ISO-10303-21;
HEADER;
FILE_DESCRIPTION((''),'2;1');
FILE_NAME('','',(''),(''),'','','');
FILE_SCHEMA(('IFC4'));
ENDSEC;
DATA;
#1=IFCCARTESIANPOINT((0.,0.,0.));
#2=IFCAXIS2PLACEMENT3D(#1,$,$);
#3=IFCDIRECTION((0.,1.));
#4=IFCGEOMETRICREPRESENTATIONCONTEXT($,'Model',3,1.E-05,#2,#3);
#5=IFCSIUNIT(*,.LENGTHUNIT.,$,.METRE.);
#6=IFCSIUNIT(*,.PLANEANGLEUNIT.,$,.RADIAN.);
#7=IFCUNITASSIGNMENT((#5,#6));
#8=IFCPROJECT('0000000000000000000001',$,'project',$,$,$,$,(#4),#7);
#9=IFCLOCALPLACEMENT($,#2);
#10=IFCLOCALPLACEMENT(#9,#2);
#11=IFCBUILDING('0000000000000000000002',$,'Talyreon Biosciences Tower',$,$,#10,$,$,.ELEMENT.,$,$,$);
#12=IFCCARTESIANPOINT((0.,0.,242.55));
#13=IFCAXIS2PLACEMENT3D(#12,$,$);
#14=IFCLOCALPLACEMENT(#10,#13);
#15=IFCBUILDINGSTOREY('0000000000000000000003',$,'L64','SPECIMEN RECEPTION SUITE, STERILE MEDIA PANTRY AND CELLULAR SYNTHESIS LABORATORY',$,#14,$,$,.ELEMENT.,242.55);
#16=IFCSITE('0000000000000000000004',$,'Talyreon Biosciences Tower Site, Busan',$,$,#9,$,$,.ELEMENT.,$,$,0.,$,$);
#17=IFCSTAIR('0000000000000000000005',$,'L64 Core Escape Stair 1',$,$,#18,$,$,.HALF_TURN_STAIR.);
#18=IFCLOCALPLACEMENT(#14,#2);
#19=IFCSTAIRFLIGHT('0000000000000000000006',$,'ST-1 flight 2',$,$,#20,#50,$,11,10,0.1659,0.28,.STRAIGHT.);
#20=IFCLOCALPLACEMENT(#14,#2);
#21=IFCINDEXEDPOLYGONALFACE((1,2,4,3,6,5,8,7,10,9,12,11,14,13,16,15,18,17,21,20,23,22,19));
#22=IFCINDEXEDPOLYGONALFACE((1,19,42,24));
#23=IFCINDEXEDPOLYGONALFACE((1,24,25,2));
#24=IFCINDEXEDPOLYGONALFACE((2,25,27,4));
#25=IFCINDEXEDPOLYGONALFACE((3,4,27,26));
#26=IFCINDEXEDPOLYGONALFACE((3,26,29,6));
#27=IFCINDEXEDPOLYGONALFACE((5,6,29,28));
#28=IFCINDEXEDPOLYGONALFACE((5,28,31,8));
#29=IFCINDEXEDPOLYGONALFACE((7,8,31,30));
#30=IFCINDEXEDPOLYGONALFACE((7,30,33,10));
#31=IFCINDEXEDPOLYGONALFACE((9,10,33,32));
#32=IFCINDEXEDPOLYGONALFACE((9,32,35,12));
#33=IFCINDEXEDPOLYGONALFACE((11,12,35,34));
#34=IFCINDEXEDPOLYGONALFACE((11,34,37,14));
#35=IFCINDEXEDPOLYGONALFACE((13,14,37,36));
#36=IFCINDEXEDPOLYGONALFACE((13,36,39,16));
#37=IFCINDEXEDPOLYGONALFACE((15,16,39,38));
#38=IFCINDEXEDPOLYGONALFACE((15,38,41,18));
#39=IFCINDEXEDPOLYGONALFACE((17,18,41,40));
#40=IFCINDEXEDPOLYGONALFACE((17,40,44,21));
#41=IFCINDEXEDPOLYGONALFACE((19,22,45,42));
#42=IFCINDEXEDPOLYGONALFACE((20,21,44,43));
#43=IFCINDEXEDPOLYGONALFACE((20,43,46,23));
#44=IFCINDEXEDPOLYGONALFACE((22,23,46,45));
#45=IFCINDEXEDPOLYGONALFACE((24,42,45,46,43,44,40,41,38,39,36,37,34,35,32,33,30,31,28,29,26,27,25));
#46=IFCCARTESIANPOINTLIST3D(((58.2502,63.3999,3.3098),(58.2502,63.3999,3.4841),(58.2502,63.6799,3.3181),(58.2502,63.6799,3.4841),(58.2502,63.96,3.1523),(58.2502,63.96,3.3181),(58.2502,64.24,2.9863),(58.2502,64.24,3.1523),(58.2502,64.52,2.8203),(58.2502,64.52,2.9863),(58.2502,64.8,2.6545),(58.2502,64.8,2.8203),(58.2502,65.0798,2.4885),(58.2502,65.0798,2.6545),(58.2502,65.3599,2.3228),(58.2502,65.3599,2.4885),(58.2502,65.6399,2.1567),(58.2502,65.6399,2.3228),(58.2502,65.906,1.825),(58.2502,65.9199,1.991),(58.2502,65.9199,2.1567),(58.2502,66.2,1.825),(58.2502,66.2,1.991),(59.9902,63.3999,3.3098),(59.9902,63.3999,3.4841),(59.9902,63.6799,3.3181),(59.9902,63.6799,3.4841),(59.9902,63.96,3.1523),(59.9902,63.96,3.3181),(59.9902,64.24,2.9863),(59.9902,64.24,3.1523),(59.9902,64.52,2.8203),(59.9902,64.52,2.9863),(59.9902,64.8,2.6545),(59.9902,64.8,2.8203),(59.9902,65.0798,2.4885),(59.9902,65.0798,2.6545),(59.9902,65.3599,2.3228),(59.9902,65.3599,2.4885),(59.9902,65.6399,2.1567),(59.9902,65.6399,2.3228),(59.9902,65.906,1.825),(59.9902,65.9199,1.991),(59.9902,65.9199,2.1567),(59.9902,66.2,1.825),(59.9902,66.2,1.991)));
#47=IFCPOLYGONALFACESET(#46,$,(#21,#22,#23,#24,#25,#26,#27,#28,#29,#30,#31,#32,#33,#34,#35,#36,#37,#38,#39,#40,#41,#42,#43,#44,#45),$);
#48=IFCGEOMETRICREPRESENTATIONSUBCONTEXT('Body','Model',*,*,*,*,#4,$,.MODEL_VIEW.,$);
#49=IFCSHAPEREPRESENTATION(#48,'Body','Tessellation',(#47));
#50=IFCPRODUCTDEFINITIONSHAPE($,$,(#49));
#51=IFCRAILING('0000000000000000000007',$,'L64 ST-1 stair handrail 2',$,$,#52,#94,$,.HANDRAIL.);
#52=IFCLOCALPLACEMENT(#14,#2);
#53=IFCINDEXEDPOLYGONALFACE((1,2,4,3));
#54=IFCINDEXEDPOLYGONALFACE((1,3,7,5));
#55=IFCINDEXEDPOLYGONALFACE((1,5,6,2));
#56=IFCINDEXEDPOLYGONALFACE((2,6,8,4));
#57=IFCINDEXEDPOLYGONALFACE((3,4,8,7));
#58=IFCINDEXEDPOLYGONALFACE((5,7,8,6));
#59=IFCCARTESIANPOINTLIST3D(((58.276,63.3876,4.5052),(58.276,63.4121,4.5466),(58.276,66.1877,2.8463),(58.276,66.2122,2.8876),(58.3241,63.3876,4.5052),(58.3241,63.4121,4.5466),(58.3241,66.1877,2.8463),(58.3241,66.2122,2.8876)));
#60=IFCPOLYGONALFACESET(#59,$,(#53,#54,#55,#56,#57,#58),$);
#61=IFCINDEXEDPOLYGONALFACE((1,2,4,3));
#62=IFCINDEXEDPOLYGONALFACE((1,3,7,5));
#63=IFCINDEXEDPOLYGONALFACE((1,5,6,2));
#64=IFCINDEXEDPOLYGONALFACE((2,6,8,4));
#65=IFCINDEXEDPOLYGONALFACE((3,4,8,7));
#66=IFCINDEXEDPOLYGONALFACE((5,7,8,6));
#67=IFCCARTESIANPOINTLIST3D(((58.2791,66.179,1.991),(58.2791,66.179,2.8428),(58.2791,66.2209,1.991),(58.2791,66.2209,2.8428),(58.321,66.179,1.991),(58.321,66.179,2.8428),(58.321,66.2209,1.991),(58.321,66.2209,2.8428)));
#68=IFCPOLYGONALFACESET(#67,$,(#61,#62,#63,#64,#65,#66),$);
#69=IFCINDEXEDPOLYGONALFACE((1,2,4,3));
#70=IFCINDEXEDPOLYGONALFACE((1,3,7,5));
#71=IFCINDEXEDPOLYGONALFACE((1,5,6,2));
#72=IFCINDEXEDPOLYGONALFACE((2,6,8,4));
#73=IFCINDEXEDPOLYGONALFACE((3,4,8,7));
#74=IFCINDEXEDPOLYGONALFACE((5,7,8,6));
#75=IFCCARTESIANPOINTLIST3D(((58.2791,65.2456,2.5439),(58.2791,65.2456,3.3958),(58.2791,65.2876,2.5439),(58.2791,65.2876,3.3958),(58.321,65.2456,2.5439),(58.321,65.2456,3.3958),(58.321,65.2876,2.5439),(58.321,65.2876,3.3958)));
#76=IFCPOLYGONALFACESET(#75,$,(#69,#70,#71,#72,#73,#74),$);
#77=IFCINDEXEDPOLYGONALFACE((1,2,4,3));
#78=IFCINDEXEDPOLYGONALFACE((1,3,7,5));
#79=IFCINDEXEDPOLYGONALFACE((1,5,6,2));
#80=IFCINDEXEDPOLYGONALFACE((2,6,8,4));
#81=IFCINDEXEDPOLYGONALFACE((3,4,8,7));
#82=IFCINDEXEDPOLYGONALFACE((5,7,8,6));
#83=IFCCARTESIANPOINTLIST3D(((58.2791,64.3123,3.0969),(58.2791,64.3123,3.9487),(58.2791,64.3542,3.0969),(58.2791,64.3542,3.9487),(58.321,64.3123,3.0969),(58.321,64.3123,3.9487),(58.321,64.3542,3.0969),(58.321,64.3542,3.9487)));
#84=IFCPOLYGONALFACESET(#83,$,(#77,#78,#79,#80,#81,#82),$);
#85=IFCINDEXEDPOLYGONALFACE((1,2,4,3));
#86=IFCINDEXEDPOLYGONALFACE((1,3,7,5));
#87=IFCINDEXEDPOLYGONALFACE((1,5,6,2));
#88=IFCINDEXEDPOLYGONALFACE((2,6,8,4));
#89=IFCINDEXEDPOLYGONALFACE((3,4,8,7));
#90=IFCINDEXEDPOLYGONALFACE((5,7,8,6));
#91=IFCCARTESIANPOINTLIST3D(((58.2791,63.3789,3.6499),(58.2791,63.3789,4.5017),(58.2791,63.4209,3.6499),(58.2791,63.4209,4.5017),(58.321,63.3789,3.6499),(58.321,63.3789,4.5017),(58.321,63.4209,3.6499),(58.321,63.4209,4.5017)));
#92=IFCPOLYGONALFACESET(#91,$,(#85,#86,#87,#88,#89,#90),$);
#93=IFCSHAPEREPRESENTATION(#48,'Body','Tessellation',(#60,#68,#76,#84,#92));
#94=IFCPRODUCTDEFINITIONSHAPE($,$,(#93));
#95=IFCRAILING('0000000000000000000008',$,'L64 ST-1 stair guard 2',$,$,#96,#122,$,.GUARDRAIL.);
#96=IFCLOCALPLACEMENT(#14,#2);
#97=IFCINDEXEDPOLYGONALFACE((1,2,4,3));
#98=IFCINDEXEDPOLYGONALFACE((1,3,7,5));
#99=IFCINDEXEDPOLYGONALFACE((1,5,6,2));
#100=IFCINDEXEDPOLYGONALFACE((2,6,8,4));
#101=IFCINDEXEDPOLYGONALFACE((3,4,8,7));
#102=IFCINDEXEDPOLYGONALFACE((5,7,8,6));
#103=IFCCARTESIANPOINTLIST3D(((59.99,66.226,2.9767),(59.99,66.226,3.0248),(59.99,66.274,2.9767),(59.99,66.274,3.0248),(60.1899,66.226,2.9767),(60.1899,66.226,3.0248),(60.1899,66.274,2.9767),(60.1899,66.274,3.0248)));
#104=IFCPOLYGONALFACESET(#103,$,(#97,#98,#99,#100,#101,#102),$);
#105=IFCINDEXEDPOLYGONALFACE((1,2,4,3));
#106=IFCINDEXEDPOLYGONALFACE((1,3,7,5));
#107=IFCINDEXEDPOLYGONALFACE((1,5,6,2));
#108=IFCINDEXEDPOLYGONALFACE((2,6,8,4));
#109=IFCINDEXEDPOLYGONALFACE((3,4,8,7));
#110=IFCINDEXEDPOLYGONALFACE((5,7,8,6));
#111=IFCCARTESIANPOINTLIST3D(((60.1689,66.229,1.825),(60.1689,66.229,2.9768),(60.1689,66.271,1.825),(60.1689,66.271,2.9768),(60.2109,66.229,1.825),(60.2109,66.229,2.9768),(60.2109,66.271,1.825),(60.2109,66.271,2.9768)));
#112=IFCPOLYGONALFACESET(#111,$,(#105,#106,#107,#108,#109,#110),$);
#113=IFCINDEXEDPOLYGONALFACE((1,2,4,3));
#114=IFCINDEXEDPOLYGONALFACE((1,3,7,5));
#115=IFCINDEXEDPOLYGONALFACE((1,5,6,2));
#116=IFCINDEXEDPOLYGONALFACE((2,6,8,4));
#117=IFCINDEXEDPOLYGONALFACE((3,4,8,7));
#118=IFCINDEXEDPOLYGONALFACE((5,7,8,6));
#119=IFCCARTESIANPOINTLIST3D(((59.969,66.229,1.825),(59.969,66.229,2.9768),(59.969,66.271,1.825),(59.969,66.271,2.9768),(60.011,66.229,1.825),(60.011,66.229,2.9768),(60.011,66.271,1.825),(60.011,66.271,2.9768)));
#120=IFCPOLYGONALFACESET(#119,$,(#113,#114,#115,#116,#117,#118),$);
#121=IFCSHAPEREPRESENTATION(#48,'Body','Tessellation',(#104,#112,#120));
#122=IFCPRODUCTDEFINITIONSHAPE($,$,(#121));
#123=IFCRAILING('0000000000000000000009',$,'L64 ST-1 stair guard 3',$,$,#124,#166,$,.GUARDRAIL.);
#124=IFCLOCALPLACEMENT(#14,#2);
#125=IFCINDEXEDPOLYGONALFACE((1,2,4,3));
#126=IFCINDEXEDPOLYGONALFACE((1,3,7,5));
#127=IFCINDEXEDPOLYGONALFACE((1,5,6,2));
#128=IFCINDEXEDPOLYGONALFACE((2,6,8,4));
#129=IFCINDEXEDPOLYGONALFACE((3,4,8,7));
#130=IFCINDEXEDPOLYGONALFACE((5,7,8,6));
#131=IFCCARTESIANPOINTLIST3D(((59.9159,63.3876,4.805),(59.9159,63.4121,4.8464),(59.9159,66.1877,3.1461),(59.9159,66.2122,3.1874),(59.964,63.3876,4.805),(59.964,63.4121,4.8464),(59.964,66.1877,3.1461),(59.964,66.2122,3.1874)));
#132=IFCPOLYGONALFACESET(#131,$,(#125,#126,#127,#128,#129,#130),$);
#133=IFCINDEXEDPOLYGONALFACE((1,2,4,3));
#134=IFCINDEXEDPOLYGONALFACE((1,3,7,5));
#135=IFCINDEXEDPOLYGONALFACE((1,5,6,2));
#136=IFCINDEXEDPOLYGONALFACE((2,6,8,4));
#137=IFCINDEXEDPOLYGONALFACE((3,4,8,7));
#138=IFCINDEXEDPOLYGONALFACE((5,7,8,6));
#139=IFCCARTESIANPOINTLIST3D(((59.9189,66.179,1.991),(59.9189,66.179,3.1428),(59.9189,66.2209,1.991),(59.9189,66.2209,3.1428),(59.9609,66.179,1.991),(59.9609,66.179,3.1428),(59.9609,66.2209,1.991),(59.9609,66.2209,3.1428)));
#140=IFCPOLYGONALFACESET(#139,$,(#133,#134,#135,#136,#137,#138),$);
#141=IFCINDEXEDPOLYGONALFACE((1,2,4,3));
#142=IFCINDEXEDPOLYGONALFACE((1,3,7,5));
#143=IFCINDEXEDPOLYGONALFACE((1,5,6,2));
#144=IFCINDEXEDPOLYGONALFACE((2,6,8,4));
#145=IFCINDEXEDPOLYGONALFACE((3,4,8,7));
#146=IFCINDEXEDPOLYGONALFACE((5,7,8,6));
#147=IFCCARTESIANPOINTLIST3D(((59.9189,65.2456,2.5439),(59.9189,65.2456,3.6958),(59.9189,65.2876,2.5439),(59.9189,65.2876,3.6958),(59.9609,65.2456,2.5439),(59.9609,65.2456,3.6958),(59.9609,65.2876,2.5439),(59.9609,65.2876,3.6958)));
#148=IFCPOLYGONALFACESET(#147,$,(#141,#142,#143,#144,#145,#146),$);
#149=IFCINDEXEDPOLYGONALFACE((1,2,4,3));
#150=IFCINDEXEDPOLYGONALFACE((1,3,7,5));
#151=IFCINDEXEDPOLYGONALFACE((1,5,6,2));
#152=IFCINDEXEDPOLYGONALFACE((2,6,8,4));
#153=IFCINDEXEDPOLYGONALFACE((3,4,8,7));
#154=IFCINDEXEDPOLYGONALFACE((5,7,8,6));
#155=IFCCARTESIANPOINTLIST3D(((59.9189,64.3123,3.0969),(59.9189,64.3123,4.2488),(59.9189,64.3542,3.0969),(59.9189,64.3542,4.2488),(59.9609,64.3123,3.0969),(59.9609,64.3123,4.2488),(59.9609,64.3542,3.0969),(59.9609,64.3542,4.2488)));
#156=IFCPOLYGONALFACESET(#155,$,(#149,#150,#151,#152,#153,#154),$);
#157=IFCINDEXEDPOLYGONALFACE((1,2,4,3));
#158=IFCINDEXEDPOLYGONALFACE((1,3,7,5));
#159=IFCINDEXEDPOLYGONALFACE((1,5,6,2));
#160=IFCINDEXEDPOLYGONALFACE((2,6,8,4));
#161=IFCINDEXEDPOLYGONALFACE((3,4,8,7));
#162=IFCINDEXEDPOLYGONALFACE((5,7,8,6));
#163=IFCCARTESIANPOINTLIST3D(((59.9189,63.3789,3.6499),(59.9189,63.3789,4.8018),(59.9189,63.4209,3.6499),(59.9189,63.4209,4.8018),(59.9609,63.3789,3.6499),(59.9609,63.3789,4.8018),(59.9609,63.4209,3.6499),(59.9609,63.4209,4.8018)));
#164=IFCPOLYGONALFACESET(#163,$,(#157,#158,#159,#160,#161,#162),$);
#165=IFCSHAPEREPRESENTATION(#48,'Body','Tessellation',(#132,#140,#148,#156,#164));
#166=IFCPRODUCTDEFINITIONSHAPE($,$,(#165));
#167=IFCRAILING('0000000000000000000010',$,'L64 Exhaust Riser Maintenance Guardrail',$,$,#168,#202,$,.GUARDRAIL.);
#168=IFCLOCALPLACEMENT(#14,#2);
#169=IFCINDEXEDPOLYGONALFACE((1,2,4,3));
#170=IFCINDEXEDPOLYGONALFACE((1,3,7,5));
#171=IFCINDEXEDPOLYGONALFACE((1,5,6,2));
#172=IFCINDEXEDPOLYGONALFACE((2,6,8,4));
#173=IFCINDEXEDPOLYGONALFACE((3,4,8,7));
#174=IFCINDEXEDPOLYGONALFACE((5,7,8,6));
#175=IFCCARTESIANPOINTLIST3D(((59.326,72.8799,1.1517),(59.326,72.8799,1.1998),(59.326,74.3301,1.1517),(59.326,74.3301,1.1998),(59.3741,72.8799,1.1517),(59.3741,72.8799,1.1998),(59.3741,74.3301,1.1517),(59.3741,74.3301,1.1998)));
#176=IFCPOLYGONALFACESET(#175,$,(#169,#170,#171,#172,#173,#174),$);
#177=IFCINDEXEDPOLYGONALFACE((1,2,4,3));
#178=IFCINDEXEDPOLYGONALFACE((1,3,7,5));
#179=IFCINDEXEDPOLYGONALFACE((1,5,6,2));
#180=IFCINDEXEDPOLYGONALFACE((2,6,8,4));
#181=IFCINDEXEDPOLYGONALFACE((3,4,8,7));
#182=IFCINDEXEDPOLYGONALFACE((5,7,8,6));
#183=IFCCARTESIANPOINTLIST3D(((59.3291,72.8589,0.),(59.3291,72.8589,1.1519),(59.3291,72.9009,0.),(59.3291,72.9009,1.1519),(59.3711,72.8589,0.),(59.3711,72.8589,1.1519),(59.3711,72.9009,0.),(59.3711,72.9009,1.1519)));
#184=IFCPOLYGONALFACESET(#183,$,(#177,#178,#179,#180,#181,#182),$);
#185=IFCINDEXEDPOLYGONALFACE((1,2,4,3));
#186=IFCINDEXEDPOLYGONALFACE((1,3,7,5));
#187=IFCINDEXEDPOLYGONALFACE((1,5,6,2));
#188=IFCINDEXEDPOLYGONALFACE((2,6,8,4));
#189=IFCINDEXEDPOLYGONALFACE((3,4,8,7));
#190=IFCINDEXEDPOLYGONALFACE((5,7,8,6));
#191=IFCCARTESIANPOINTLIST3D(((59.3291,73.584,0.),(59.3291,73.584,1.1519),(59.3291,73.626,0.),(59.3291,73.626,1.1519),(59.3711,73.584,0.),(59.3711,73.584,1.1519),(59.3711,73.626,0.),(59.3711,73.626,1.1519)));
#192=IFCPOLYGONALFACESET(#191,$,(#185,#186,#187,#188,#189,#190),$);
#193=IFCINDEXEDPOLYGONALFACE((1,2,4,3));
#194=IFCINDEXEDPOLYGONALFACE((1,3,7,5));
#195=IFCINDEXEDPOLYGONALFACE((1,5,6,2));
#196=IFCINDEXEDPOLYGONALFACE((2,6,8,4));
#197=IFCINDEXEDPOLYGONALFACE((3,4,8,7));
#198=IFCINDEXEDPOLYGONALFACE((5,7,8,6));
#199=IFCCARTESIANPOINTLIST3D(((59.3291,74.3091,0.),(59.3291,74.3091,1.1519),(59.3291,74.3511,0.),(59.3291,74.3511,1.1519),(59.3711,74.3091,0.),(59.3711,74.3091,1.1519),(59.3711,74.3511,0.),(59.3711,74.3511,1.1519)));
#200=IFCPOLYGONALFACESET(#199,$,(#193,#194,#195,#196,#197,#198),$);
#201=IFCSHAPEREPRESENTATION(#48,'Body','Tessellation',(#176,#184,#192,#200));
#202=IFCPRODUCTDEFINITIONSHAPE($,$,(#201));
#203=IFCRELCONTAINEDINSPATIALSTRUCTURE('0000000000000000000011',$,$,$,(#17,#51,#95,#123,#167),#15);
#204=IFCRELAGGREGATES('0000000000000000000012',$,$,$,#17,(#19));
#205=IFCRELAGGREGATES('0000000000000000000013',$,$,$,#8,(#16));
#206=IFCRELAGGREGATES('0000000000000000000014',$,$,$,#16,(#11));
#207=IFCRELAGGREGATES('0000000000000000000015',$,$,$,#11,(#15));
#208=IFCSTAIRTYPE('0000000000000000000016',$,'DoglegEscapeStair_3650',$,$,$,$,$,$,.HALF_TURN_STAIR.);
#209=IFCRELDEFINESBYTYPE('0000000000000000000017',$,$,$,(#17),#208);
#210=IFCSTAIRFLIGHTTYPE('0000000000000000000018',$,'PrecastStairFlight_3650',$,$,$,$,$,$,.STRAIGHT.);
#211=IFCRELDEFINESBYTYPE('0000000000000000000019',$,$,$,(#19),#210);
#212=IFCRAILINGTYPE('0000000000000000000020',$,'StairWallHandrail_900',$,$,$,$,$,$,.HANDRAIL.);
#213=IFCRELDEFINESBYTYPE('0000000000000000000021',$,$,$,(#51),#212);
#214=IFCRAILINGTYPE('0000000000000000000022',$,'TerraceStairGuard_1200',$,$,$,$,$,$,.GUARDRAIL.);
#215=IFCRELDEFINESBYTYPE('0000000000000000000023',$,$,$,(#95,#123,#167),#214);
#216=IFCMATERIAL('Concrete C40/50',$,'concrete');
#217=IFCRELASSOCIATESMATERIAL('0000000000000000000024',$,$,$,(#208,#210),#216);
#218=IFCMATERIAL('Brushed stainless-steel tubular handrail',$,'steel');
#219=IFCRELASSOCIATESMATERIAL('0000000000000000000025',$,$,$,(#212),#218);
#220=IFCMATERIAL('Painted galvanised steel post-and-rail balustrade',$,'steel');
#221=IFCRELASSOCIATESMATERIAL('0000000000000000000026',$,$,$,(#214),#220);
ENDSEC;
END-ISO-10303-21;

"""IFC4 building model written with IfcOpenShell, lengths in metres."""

from ifc_helpers import new_model, si_unit, direction, frame, origin, origin_2d, place, context, subcontext, project, spatial, polyline, rectangle, outline, extrude, material, type_object, element, aggregate, save


model = new_model("IFC4")

# Units and contexts
model_context = context("Model", 3, precision=1e-05, world=origin(), true_north=direction((0.0, 1.0)))
body_context = subcontext(model_context, "Body", "Model", "MODEL_VIEW")
ifc_project = project(units=[si_unit("LENGTHUNIT", "METRE"), si_unit("PLANEANGLEUNIT", "RADIAN")], contexts=[model_context])

# Site, building, storey
site_placement = place(None, origin())
site = spatial("IfcSite", under=ifc_project, at=site_placement, Name="Talyreon Biosciences Tower Site, Busan", CompositionType="ELEMENT", RefElevation=0.0)
building_placement = place(site_placement, origin())
building = spatial("IfcBuilding", under=site, at=building_placement, Name="Talyreon Biosciences Tower", CompositionType="ELEMENT")
storey_placement = place(building_placement, frame((0.0, 0.0, 242.55)))
storey = spatial("IfcBuildingStorey", under=building, at=storey_placement, Name="L64", Description="SPECIMEN RECEPTION SUITE, STERILE MEDIA PANTRY AND CELLULAR SYNTHESIS LABORATORY", CompositionType="ELEMENT", Elevation=242.55)

# Stair, stair flight
ifc_material_1 = material(Name="Concrete C40/50", Category="concrete")
stair_type = type_object("IfcStairType", Name="DoglegEscapeStair_3650", PredefinedType="HALF_TURN_STAIR", material=ifc_material_1)
stair_placement = place(storey_placement, origin())
stair = element("IfcStair", 1, at=stair_placement, inside=storey, type_object=stair_type, Name="L64 Core Escape Stair 1", PredefinedType="HALF_TURN_STAIR")
stair_flight_type = type_object("IfcStairFlightType", Name="PrecastStairFlight_3650", PredefinedType="STRAIGHT", material=ifc_material_1)
stair_flight_placement = place(storey_placement, frame((59.1201, 66.2, 1.825), z_axis=(0.0, 0.0, 1.0), x_axis=(0.0, -1.0, 0.0)))
stair_flight = element("IfcStairFlight", 2, at=stair_flight_placement, type_object=stair_flight_type, Name="ST-1 flight 2", NumberOfRisers=11, NumberOfTreads=10, PredefinedType="STRAIGHT", RiserHeight=0.1659, TreadLength=0.28, context=body_context, shape_type="SweptSolid", body=[
    extrude(outline(polyline([(0.0, 0.0), (0.0, 0.166), (0.28, 0.166), (0.28, 0.3318), (0.5601, 0.3318), (0.5601, 0.4978), (0.8401, 0.4978), (0.8401, 0.6636), (1.1201, 0.6636), (1.1201, 0.8296), (1.3999, 0.8296), (1.3999, 0.9954), (1.6799, 0.9954), (1.6799, 1.1614), (1.96, 1.1614), (1.96, 1.3274), (2.24, 1.3274), (2.24, 1.4932), (2.52, 1.4932), (2.52, 1.6592), (2.8, 1.6592), (2.8, 1.825), (2.8, 1.4849), (0.2939, 0.0), (0.0, 0.0)])), frame((0.0, 0.8701, 0.0), z_axis=(0.0, -1.0, 0.0), x_axis=(1.0, 0.0, 0.0)), (0.0, 0.0, 1.0), 1.74),
])
aggregate(stair, [stair_flight])

# Railings
ifc_material_2 = material(Name="Brushed stainless-steel tubular handrail", Category="steel")
railing_type_1 = type_object("IfcRailingType", Name="StairWallHandrail_900", PredefinedType="HANDRAIL", material=ifc_material_2)
railing_1_placement = place(storey_placement, frame((58.3, 66.2, 1.991)))
element("IfcRailing", 3, at=railing_1_placement, inside=storey, type_object=railing_type_1, Name="L64 ST-1 stair handrail 2", PredefinedType="HANDRAIL", context=body_context, shape_type="SweptSolid", body=[
    extrude(rectangle(XDim=0.0481, YDim=0.0481, at=origin_2d()), frame((0.0, 0.0, 0.876), z_axis=(0.0, -0.860339, 0.509722), x_axis=(1.0, 0.0, 0.0)), (0.0, 0.0, 1.0), 3.2546),
    extrude(rectangle(XDim=0.042, YDim=0.042, at=origin_2d()), origin(), (0.0, 0.0, 1.0), 0.8518),
    extrude(rectangle(XDim=0.042, YDim=0.042, at=origin_2d()), frame((0.0, -0.9333, 0.553)), (0.0, 0.0, 1.0), 0.8518),
    extrude(rectangle(XDim=0.042, YDim=0.042, at=origin_2d()), frame((0.0, -1.8667, 1.106)), (0.0, 0.0, 1.0), 0.8518),
    extrude(rectangle(XDim=0.042, YDim=0.042, at=origin_2d()), frame((0.0, -2.8, 1.6589)), (0.0, 0.0, 1.0), 0.8518),
])
ifc_material_3 = material(Name="Painted galvanised steel post-and-rail balustrade", Category="steel")
railing_type_2 = type_object("IfcRailingType", Name="TerraceStairGuard_1200", PredefinedType="GUARDRAIL", material=ifc_material_3)
railing_2_placement = place(storey_placement, frame((60.1899, 66.25, 1.825)))
element("IfcRailing", 4, at=railing_2_placement, inside=storey, type_object=railing_type_2, Name="L64 ST-1 stair guard 2", PredefinedType="GUARDRAIL", context=body_context, shape_type="SweptSolid", body=[
    extrude(rectangle(XDim=0.0481, YDim=0.0481, at=origin_2d()), frame((0.0, 0.0, 1.1758), z_axis=(-1.0, 0.0, 0.0), x_axis=(0.0, -1.0, 0.0)), (0.0, 0.0, 1.0), 0.2),
    extrude(rectangle(XDim=0.042, YDim=0.042, at=origin_2d()), origin(), (0.0, 0.0, 1.0), 1.1519),
    extrude(rectangle(XDim=0.042, YDim=0.042, at=origin_2d()), frame((-0.2, 0.0, 0.0)), (0.0, 0.0, 1.0), 1.1519),
])
railing_3_placement = place(storey_placement, frame((59.9399, 66.2, 1.991)))
element("IfcRailing", 5, at=railing_3_placement, inside=storey, type_object=railing_type_2, Name="L64 ST-1 stair guard 3", PredefinedType="GUARDRAIL", context=body_context, shape_type="SweptSolid", body=[
    extrude(rectangle(XDim=0.0481, YDim=0.0481, at=origin_2d()), frame((0.0, 0.0, 1.1758), z_axis=(0.0, -0.860339, 0.509722), x_axis=(1.0, 0.0, 0.0)), (0.0, 0.0, 1.0), 3.2546),
    extrude(rectangle(XDim=0.042, YDim=0.042, at=origin_2d()), origin(), (0.0, 0.0, 1.0), 1.1519),
    extrude(rectangle(XDim=0.042, YDim=0.042, at=origin_2d()), frame((0.0, -0.9333, 0.553)), (0.0, 0.0, 1.0), 1.1519),
    extrude(rectangle(XDim=0.042, YDim=0.042, at=origin_2d()), frame((0.0, -1.8667, 1.106)), (0.0, 0.0, 1.0), 1.1519),
    extrude(rectangle(XDim=0.042, YDim=0.042, at=origin_2d()), frame((0.0, -2.8, 1.6589)), (0.0, 0.0, 1.0), 1.1519),
])
railing_4_placement = place(storey_placement, frame((59.3501, 72.8799, 0.0)))
element("IfcRailing", 6, at=railing_4_placement, inside=storey, type_object=railing_type_2, Name="L64 Exhaust Riser Maintenance Guardrail", PredefinedType="GUARDRAIL", context=body_context, shape_type="SweptSolid", body=[
    extrude(rectangle(XDim=0.0481, YDim=0.0481, at=origin_2d()), frame((0.0, 0.0, 1.1758), z_axis=(0.0, 1.0, 0.0), x_axis=(-1.0, 0.0, 0.0)), (0.0, 0.0, 1.0), 1.4502),
    extrude(rectangle(XDim=0.042, YDim=0.042, at=origin_2d()), origin(), (0.0, 0.0, 1.0), 1.1519),
    extrude(rectangle(XDim=0.042, YDim=0.042, at=origin_2d()), frame((0.0, 0.7251, 0.0)), (0.0, 0.0, 1.0), 1.1519),
    extrude(rectangle(XDim=0.042, YDim=0.042, at=origin_2d()), frame((0.0, 1.4502, 0.0)), (0.0, 0.0, 1.0), 1.1519),
])

save(model, "model.ifc")
